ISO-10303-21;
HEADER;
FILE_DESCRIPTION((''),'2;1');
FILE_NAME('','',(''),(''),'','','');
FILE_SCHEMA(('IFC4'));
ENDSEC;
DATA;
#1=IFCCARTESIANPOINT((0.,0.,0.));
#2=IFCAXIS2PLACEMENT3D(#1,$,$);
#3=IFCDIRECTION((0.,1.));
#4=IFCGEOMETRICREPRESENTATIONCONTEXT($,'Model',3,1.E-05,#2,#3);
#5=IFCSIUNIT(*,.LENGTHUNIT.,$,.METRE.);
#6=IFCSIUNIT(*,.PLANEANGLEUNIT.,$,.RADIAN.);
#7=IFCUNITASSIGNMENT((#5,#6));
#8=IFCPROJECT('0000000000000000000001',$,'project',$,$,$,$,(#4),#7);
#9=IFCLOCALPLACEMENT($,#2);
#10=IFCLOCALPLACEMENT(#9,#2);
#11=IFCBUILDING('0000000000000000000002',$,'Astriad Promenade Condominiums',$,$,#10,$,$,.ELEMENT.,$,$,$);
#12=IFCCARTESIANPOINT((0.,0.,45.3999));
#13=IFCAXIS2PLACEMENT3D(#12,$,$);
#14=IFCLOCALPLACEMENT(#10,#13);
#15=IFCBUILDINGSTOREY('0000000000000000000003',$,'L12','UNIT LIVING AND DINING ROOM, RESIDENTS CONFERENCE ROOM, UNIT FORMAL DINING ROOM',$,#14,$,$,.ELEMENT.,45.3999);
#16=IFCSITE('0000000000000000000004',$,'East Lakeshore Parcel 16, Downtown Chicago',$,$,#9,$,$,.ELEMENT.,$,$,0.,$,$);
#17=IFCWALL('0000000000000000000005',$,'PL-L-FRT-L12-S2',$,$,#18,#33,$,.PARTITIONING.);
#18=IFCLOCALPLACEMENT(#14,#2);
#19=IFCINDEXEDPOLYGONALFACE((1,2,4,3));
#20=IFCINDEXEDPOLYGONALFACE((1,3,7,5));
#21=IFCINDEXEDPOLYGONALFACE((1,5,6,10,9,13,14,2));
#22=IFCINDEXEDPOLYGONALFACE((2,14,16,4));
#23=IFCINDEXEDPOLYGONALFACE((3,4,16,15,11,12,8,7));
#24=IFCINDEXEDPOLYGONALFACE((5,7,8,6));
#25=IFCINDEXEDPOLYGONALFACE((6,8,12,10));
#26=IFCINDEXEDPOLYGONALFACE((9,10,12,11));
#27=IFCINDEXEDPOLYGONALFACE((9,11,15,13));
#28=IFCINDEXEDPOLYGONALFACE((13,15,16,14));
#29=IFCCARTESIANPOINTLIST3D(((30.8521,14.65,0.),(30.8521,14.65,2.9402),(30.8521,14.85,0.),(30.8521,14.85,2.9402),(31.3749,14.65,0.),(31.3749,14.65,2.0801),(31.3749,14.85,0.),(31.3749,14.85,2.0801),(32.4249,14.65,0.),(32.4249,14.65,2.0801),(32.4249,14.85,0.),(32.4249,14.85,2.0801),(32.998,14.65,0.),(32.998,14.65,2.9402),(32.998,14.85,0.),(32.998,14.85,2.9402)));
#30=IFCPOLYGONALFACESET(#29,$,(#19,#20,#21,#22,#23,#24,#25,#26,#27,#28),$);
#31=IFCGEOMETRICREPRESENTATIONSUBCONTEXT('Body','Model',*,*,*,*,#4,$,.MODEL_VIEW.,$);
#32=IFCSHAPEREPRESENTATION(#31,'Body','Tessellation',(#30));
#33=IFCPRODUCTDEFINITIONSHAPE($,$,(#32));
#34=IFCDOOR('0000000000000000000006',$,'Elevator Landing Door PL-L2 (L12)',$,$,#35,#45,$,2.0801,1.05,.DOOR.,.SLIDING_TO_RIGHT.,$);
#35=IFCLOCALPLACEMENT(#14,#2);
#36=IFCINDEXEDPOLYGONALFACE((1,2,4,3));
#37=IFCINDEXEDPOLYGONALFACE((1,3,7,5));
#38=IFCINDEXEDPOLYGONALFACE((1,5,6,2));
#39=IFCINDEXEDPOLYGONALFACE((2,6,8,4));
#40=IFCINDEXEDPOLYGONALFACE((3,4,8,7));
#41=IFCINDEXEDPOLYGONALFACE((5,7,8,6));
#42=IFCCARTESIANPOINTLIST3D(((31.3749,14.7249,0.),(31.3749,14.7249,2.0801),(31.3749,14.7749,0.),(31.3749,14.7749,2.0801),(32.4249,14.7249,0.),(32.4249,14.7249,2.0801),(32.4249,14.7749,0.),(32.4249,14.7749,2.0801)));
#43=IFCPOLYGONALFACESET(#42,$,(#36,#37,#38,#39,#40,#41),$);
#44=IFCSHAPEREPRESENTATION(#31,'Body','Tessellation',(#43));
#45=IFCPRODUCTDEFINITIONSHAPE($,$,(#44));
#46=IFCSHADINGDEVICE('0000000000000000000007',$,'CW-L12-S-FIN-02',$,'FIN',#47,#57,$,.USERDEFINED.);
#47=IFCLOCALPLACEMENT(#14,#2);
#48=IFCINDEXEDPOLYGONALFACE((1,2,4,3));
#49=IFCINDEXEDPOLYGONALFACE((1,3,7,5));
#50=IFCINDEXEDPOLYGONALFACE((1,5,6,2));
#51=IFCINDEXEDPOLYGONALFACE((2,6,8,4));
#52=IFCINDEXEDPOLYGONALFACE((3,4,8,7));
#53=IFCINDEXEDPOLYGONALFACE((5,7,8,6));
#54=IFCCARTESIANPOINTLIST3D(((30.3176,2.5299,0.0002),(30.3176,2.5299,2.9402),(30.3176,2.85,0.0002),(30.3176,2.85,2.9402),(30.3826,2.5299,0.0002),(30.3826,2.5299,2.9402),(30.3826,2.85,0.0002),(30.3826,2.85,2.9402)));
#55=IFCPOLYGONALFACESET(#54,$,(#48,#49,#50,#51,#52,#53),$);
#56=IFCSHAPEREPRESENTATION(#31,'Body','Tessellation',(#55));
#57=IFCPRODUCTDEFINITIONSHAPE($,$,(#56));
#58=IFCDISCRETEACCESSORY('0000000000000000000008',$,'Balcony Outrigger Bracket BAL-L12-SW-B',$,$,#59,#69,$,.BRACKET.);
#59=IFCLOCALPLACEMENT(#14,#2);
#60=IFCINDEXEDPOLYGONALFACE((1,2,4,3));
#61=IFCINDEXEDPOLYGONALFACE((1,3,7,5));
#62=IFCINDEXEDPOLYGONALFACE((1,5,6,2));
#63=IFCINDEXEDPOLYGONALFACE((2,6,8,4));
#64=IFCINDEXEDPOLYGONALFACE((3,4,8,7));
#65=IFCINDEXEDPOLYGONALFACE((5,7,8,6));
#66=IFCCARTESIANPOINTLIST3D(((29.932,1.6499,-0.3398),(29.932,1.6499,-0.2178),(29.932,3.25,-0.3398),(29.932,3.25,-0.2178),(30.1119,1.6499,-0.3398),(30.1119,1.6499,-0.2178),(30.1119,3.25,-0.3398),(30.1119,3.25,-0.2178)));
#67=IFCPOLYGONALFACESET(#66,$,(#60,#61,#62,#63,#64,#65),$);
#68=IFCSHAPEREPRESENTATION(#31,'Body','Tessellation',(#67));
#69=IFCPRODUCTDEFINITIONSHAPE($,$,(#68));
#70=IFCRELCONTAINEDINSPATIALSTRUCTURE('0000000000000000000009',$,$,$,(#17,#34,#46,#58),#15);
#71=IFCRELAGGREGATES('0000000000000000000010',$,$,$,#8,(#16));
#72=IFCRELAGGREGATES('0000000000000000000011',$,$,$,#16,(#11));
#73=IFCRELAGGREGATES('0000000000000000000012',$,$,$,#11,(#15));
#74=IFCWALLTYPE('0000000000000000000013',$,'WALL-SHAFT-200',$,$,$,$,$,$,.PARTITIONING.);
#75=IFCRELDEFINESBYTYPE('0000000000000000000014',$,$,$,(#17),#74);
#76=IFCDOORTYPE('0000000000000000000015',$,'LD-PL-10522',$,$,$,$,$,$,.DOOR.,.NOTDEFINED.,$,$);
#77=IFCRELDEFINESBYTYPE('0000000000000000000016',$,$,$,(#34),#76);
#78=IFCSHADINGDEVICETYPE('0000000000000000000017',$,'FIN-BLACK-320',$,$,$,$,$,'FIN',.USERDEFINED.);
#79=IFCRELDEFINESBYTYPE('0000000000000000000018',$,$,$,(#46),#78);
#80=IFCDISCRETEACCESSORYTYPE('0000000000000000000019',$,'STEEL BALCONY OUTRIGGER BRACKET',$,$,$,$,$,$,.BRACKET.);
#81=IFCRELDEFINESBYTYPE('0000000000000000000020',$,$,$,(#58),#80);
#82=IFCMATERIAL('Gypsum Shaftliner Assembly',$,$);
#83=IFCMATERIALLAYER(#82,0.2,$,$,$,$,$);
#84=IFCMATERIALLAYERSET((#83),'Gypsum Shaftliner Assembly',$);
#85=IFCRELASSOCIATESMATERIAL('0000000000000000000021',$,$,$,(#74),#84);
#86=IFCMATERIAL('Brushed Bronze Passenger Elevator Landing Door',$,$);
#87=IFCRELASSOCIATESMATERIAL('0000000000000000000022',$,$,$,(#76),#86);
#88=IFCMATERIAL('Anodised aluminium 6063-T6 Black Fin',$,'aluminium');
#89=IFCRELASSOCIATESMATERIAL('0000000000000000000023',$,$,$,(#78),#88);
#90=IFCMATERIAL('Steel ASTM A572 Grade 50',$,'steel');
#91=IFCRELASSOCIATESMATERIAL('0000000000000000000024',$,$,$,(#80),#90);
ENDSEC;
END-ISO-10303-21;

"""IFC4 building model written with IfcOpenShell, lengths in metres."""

from ifc_helpers import new_model, si_unit, direction, frame, frame_2d, origin, origin_2d, place, context, subcontext, project, spatial, rectangle, extrude, source, transform, mapped, material, layer, layer_set, type_object, type_shapes, element, fill, save


model = new_model("IFC4")

# Units and contexts
model_context = context("Model", 3, precision=1e-05, world=origin(), true_north=direction((0.0, 1.0)))
body_context = subcontext(model_context, "Body", "Model", "MODEL_VIEW")
ifc_project = project(units=[si_unit("LENGTHUNIT", "METRE"), si_unit("PLANEANGLEUNIT", "RADIAN")], contexts=[model_context])

# Site, building, storey
site_placement = place(None, origin())
site = spatial("IfcSite", under=ifc_project, at=site_placement, Name="East Lakeshore Parcel 16, Downtown Chicago", CompositionType="ELEMENT", RefElevation=0.0)
building_placement = place(site_placement, origin())
building = spatial("IfcBuilding", under=site, at=building_placement, Name="Astriad Promenade Condominiums", CompositionType="ELEMENT")
storey_placement = place(building_placement, frame((0.0, 0.0, 45.3999)))
storey = spatial("IfcBuildingStorey", under=building, at=storey_placement, Name="L12", Description="UNIT LIVING AND DINING ROOM, RESIDENTS CONFERENCE ROOM, UNIT FORMAL DINING ROOM", CompositionType="ELEMENT", Elevation=45.3999)

# Shared definitions
ifc_material_1 = material(Name="Gypsum Shaftliner Assembly")
ifc_layer_1 = layer(ifc_material_1, 0.2)
ifc_layer_set_1 = layer_set([ifc_layer_1], Name="Gypsum Shaftliner Assembly")
wall_type_1 = type_object("IfcWallType", Name="WALL-SHAFT-200", PredefinedType="PARTITIONING", material=ifc_layer_set_1)

# Wall, opening, door
ifc_material_2 = material(Name="Brushed Bronze Passenger Elevator Landing Door")
door_type_1 = type_object("IfcDoorType", Name="LD-PL-10522", OperationType="NOTDEFINED", PredefinedType="DOOR", material=ifc_material_2)
shared_shape_1 = source(origin(), body_context, "Body", "SweptSolid", [
    extrude(rectangle(XDim=1.05, YDim=2.0801, at=frame_2d((0.5249, 1.04))), frame((0.0, 0.0249, 0.0), z_axis=(0.0, -1.0, 0.0), x_axis=(1.0, 0.0, 0.0)), (0.0, 0.0, 1.0), 0.05),
])
type_shapes(door_type_1, [shared_shape_1])
wall_1_placement = place(storey_placement, frame((30.8521, 14.75, 0.0), z_axis=(0.0, 0.0, 1.0), x_axis=(1.0, 0.0, 0.0)))
wall_1 = element("IfcWall", 1, at=wall_1_placement, inside=storey, type_object=wall_type_1, Name="PL-L-FRT-L12-S2", PredefinedType="PARTITIONING", context=body_context, shape_type="SweptSolid", body=[
    extrude(rectangle(XDim=2.146, YDim=0.2, at=frame_2d((1.073, 0.0))), origin(), (0.0, 0.0, 1.0), 2.9402),
])
opening_1_placement = place(wall_1_placement, frame((0.5229, 0.0, 0.0)))
opening_1 = element("IfcOpeningElement", 2, at=opening_1_placement, cuts=wall_1, PredefinedType="OPENING", context=body_context, shape_type="SweptSolid", body=[
    extrude(rectangle(XDim=1.05, YDim=2.0801, at=frame_2d((0.5249, 1.04))), frame((0.0, 0.1099, 0.0), z_axis=(0.0, -1.0, 0.0), x_axis=(1.0, 0.0, 0.0)), (0.0, 0.0, 1.0), 0.22),
])
door_1_placement = place(opening_1_placement, origin())
door_1 = element("IfcDoor", 3, at=door_1_placement, inside=storey, type_object=door_type_1, Name="Elevator Landing Door PL-L2 (L12)", OperationType="SLIDING_TO_RIGHT", OverallHeight=2.0801, OverallWidth=1.05, PredefinedType="DOOR", context=body_context, shape_type="MappedRepresentation", body=[
    mapped(shared_shape_1, transform((0.0, 0.0, 0.0), scale=1.0)),
])
fill(opening_1, door_1)

# Shading device
ifc_material_3 = material(Name="Anodised aluminium 6063-T6 Black Fin", Category="aluminium")
shading_device_type = type_object("IfcShadingDeviceType", Name="FIN-BLACK-320", ElementType="FIN", PredefinedType="USERDEFINED", material=ifc_material_3)
shared_shape_2 = source(origin(), body_context, "Body", "SweptSolid", [
    extrude(rectangle(XDim=0.0649, YDim=0.3201, at=origin_2d()), origin(), (0.0, 0.0, 1.0), 2.9399),
])
type_shapes(shading_device_type, [shared_shape_2])
shading_device_placement = place(storey_placement, frame((30.3501, 2.6899, 0.0002), z_axis=(0.0, 0.0, 1.0), x_axis=(-1.0, 0.0, 0.0)))
element("IfcShadingDevice", 4, at=shading_device_placement, inside=storey, type_object=shading_device_type, Name="CW-L12-S-FIN-02", ObjectType="FIN", PredefinedType="USERDEFINED", context=body_context, shape_type="MappedRepresentation", body=[
    mapped(shared_shape_2, transform((0.0, 0.0, 0.0), scale=1.0)),
])

# Discrete accessory
ifc_material_4 = material(Name="Steel ASTM A572 Grade 50", Category="steel")
discrete_accessory_type = type_object("IfcDiscreteAccessoryType", Name="STEEL BALCONY OUTRIGGER BRACKET", PredefinedType="BRACKET", material=ifc_material_4)
shared_shape_3 = source(origin(), body_context, "Body", "SweptSolid", [
    extrude(rectangle(XDim=1.6001, YDim=0.1799, at=origin_2d()), origin(), (0.0, 0.0, 1.0), 0.1221),
])
type_shapes(discrete_accessory_type, [shared_shape_3])
discrete_accessory_placement = place(storey_placement, frame((30.022, 2.45, -0.3398), z_axis=(0.0, 0.0, 1.0), x_axis=(0.0, -1.0, 0.0)))
element("IfcDiscreteAccessory", 5, at=discrete_accessory_placement, inside=storey, type_object=discrete_accessory_type, Name="Balcony Outrigger Bracket BAL-L12-SW-B", PredefinedType="BRACKET", context=body_context, shape_type="MappedRepresentation", body=[
    mapped(shared_shape_3, transform((0.0, 0.0, 0.0), scale=1.0)),
])

save(model, "model.ifc")
